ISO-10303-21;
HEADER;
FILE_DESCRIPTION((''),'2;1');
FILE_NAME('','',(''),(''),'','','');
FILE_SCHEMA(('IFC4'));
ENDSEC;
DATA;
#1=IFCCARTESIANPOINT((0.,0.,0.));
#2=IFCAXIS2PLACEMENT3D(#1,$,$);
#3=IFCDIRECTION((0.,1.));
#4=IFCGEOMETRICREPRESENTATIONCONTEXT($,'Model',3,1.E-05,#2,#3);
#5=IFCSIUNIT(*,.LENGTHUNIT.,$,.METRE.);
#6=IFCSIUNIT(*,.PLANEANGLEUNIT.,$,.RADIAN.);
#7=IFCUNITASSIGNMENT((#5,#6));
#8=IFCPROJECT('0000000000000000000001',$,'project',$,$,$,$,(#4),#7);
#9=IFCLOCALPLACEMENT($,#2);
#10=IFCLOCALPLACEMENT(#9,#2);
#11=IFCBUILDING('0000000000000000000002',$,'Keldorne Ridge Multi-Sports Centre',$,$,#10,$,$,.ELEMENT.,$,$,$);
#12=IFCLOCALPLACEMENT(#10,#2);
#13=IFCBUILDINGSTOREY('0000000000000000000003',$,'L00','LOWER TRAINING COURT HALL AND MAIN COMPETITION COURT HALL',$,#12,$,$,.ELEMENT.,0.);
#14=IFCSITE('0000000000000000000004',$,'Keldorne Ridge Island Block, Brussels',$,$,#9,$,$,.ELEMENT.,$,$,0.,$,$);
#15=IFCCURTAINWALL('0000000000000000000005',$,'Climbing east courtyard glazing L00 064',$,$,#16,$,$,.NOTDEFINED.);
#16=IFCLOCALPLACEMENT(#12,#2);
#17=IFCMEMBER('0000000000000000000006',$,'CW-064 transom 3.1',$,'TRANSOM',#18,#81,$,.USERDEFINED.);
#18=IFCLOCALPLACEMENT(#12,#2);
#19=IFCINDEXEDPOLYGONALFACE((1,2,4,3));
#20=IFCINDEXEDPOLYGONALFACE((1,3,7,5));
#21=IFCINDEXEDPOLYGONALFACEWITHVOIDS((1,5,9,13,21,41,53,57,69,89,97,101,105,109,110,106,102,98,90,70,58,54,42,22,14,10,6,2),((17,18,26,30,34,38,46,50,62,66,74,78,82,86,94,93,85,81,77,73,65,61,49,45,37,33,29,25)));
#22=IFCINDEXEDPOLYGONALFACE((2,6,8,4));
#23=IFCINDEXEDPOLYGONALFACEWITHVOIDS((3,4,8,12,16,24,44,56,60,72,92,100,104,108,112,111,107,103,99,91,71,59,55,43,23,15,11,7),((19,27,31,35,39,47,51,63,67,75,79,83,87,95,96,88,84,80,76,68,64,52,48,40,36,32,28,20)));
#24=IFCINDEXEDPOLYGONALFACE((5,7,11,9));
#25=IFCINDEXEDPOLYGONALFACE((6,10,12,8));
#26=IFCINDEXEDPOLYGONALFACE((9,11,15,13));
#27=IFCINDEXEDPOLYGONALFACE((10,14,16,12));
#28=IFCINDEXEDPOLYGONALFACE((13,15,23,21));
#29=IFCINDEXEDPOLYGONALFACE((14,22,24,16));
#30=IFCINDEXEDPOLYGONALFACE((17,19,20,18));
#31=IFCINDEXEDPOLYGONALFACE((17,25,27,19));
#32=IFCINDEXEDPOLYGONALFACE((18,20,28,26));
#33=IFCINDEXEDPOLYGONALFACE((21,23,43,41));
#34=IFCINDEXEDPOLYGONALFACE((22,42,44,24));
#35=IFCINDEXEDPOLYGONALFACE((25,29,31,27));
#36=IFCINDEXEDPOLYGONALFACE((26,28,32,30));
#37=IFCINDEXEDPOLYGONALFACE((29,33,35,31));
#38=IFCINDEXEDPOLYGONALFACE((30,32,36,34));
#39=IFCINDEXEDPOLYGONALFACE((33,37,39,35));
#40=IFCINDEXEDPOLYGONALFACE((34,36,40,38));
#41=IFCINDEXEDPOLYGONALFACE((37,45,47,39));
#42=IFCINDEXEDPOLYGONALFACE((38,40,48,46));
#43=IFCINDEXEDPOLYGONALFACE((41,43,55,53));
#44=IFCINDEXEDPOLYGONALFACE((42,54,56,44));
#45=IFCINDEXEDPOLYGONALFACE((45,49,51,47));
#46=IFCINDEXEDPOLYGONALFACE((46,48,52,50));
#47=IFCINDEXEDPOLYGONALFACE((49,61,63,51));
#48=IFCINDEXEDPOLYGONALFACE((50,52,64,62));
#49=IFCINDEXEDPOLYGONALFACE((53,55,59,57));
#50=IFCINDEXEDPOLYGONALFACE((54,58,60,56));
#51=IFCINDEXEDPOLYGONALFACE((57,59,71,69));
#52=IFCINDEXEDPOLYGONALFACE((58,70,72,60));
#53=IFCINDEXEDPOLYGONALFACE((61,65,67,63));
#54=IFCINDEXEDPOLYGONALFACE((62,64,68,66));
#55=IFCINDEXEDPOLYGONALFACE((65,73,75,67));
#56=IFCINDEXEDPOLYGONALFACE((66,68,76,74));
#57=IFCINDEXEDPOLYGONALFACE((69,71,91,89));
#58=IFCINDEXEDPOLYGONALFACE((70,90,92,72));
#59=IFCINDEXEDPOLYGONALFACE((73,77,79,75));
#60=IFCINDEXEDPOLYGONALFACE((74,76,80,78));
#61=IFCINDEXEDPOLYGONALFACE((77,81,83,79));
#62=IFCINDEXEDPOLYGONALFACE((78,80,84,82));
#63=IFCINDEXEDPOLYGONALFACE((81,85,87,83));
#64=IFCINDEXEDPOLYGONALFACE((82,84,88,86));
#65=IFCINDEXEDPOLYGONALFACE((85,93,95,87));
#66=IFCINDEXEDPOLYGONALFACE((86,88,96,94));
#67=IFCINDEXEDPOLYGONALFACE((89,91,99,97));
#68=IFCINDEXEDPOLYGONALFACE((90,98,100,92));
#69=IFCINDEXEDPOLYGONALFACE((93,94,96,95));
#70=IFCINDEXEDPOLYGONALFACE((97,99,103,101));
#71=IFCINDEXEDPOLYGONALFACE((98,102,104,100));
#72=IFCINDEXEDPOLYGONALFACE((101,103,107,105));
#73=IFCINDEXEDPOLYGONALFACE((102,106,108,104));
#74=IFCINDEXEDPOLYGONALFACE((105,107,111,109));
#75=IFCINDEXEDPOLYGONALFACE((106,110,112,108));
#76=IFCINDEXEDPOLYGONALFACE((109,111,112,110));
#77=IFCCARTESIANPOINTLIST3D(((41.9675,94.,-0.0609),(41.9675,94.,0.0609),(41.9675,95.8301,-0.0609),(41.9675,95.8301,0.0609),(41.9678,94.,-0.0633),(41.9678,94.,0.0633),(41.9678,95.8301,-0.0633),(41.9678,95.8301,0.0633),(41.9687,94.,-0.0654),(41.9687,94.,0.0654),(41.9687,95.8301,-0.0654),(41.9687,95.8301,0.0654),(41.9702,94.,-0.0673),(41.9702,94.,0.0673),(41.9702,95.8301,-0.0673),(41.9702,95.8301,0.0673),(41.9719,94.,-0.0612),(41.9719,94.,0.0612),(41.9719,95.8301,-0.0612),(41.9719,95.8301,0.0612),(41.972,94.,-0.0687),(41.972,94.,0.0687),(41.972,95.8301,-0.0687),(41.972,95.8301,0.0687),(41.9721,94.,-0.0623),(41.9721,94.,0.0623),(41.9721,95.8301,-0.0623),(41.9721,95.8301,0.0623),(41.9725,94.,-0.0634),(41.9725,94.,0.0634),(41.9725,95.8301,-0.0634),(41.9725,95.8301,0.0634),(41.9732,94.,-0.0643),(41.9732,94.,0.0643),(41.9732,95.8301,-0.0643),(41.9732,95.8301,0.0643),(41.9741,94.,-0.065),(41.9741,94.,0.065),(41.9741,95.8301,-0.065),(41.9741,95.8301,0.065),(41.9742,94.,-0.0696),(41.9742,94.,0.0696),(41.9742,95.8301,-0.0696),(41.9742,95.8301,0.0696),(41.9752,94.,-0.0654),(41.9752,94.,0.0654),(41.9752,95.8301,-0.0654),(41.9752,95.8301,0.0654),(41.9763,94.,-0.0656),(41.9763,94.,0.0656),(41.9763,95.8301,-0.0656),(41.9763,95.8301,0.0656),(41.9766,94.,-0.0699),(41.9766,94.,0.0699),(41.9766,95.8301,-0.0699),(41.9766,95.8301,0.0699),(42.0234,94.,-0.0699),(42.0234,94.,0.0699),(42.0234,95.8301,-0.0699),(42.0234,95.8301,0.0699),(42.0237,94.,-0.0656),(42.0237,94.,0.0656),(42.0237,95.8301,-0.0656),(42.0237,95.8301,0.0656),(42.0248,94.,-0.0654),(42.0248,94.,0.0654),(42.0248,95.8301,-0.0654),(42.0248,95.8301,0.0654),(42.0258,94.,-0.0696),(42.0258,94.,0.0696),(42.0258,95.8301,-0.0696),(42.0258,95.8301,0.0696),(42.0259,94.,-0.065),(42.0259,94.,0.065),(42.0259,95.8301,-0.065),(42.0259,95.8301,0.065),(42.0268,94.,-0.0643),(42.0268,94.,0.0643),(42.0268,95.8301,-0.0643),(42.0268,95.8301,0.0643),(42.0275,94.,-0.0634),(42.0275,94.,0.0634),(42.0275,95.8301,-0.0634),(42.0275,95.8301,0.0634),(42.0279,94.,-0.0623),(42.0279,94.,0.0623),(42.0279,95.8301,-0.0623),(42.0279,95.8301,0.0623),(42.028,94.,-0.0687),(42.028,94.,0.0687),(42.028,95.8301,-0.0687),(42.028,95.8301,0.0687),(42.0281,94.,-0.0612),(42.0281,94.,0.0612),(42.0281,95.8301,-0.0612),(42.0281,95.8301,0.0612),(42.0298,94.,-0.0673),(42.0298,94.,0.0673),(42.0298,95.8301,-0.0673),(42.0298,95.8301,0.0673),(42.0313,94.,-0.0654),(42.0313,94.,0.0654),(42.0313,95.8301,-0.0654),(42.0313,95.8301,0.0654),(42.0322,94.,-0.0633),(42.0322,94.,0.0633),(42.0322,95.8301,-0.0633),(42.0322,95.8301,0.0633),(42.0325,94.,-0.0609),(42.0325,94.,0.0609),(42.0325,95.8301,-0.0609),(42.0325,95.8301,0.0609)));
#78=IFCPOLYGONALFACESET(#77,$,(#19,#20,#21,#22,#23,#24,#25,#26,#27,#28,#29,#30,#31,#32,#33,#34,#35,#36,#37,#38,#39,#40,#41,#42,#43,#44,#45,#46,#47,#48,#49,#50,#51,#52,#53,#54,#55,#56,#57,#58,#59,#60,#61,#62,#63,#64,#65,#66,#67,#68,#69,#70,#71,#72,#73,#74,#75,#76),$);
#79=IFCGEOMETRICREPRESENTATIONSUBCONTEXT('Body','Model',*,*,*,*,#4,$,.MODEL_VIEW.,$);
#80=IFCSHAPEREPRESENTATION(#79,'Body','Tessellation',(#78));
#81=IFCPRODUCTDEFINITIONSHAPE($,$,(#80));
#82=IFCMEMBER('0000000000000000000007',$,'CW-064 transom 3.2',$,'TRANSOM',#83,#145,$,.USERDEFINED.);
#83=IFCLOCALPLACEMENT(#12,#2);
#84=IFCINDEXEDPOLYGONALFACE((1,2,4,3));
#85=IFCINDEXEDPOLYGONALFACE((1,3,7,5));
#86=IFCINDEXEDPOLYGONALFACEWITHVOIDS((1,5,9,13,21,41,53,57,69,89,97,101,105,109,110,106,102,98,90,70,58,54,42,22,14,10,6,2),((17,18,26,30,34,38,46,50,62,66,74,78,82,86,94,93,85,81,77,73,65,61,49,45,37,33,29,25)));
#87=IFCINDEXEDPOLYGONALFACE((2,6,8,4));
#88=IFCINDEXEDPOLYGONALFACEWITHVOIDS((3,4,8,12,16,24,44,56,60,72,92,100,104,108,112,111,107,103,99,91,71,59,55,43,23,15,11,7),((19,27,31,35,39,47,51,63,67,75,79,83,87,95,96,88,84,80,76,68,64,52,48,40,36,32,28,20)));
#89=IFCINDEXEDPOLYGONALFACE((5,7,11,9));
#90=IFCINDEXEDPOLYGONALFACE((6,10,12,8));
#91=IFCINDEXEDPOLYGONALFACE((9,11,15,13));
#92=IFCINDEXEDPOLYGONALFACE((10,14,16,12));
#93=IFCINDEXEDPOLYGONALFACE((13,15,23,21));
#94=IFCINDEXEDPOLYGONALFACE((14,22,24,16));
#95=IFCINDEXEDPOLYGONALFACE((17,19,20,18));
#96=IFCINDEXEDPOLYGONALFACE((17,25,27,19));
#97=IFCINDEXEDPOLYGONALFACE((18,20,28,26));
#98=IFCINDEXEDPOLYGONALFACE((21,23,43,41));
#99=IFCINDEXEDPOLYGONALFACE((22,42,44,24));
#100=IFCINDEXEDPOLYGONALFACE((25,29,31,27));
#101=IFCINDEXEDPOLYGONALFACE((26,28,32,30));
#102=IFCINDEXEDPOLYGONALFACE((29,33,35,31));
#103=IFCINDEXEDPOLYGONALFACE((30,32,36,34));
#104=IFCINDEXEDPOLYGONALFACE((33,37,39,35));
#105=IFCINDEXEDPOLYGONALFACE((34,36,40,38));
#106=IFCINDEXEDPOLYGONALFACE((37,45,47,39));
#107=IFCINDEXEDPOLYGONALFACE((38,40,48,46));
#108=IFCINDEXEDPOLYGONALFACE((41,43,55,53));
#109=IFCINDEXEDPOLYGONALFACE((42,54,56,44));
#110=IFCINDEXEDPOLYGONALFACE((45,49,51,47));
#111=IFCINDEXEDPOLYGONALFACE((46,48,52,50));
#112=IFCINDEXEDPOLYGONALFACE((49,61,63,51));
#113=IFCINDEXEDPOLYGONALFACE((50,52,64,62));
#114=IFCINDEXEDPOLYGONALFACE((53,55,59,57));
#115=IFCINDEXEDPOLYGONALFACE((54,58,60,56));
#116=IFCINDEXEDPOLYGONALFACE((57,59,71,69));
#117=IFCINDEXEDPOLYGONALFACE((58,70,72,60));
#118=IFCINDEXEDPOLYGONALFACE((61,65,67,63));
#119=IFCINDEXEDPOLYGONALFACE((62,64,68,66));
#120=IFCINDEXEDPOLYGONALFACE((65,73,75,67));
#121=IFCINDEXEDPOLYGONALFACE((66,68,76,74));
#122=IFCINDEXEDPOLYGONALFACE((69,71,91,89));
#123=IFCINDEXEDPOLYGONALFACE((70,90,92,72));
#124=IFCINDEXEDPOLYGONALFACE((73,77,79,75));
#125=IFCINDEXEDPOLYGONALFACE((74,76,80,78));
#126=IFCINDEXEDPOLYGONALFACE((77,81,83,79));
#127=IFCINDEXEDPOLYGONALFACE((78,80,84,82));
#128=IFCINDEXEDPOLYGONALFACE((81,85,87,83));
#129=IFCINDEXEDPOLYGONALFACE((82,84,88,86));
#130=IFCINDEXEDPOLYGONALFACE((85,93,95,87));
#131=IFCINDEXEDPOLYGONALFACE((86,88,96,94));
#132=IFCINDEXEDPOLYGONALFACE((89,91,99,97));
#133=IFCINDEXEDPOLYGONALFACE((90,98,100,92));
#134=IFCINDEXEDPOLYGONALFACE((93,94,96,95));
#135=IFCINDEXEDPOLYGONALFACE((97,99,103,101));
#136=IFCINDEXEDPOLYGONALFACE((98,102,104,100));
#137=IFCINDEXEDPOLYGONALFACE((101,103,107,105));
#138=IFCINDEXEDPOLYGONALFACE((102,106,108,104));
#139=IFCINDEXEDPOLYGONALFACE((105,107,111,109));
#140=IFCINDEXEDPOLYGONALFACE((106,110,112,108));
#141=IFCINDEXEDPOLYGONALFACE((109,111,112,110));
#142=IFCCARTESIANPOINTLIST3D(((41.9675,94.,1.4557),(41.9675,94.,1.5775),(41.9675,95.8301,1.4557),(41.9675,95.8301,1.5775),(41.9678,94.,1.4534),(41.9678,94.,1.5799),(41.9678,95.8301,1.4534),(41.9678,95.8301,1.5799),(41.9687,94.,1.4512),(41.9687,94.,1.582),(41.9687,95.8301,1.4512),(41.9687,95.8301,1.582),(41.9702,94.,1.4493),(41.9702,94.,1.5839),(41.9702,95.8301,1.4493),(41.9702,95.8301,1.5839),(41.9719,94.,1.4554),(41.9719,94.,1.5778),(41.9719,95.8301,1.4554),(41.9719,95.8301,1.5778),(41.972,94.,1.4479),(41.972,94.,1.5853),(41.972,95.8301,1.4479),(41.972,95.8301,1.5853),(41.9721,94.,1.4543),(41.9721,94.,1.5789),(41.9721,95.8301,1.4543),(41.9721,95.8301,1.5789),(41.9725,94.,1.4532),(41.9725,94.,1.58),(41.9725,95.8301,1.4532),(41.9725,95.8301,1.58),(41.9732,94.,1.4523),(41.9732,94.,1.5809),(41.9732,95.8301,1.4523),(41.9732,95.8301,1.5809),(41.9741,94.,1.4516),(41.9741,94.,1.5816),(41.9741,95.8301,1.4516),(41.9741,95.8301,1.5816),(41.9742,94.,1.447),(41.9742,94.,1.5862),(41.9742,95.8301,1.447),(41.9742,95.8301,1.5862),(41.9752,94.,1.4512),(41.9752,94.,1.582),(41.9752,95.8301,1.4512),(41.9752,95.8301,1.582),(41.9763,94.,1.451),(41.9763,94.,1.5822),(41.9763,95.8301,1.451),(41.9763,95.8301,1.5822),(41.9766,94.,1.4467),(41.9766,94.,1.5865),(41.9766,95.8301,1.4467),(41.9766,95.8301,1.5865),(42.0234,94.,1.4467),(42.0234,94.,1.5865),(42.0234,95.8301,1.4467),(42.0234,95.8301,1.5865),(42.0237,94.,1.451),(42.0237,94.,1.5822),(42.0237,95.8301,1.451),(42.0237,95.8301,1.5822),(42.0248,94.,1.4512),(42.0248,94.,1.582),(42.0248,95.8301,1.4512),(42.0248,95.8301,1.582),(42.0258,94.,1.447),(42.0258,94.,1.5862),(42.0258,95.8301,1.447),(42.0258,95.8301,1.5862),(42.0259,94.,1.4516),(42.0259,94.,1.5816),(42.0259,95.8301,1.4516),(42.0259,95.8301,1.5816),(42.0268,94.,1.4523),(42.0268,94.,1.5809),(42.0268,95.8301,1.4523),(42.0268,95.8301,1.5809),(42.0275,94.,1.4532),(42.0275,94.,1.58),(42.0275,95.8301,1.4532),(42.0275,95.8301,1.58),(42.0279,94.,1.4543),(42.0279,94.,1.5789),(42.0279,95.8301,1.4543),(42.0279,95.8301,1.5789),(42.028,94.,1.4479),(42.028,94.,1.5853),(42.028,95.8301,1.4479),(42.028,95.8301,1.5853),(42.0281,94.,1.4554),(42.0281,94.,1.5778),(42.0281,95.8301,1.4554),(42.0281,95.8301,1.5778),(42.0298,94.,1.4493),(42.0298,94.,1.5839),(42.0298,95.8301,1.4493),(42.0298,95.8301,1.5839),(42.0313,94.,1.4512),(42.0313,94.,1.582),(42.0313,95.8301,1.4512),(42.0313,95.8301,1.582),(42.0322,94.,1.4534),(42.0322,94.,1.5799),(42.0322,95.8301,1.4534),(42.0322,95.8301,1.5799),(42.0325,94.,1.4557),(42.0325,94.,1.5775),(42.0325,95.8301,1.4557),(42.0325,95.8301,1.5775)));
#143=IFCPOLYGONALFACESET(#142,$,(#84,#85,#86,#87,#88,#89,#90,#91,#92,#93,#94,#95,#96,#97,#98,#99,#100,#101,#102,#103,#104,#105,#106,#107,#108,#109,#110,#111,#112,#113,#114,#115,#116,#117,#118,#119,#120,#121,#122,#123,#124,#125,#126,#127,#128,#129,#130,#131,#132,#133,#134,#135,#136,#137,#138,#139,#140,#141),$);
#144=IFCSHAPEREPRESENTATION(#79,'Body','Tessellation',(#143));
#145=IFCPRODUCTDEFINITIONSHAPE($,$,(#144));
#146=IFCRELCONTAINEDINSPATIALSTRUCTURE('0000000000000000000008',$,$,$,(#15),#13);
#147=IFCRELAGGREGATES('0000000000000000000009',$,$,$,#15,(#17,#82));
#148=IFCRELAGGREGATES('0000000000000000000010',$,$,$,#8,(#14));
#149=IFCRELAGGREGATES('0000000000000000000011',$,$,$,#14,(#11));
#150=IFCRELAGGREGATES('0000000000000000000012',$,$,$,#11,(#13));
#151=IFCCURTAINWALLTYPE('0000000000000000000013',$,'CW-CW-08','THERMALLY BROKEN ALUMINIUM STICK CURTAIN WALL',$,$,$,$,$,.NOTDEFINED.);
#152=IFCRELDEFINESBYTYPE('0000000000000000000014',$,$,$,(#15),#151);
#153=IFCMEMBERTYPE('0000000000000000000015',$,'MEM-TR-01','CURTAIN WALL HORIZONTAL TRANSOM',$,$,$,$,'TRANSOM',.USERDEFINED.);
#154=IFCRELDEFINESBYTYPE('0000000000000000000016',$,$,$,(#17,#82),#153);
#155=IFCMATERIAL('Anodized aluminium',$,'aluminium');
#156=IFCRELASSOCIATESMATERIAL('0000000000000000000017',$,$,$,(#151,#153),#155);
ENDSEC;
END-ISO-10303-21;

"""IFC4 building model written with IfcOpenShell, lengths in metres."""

from ifc_helpers import new_model, si_unit, direction, frame, origin, origin_2d, place, context, subcontext, project, spatial, hollow_rectangle, extrude, material, material_profile, profile_set, type_object, element, aggregate, save


model = new_model("IFC4")

# Units and contexts
model_context = context("Model", 3, precision=1e-05, world=origin(), true_north=direction((0.0, 1.0)))
body_context = subcontext(model_context, "Body", "Model", "MODEL_VIEW")
ifc_project = project(units=[si_unit("LENGTHUNIT", "METRE"), si_unit("PLANEANGLEUNIT", "RADIAN")], contexts=[model_context])

# Site, building, storey
site_placement = place(None, origin())
site = spatial("IfcSite", under=ifc_project, at=site_placement, Name="Keldorne Ridge Island Block, Brussels", CompositionType="ELEMENT", RefElevation=0.0)
building_placement = place(site_placement, origin())
building = spatial("IfcBuilding", under=site, at=building_placement, Name="Keldorne Ridge Multi-Sports Centre", CompositionType="ELEMENT")
storey_placement = place(building_placement, origin())
storey = spatial("IfcBuildingStorey", under=building, at=storey_placement, Name="L00", Description="LOWER TRAINING COURT HALL AND MAIN COMPETITION COURT HALL", CompositionType="ELEMENT", Elevation=0.0)

# Shared definitions
ifc_material_1 = material(Name="Anodized aluminium", Category="aluminium")

# Curtain wall, members
curtain_wall_type_1 = type_object("IfcCurtainWallType", Name="CW-CW-08", Description="THERMALLY BROKEN ALUMINIUM STICK CURTAIN WALL", PredefinedType="NOTDEFINED", material=ifc_material_1)
curtain_wall_1_placement = place(storey_placement, origin())
curtain_wall_1 = element("IfcCurtainWall", 1, at=curtain_wall_1_placement, inside=storey, type_object=curtain_wall_type_1, Name="Climbing east courtyard glazing L00 064", PredefinedType="NOTDEFINED")
ifc_material_profile_1 = material_profile(ifc_material_1, hollow_rectangle(XDim=0.0649, YDim=0.1399, WallThickness=0.0044, InnerFilletRadius=0.0044, OuterFilletRadius=0.009, at=origin_2d()), Name="ALU TRANSOM 140x65x4.5")
ifc_profile_set_1 = profile_set([ifc_material_profile_1], Name="Anodized aluminium")
member_type_1 = type_object("IfcMemberType", Name="MEM-TR-01", Description="CURTAIN WALL HORIZONTAL TRANSOM", ElementType="TRANSOM", PredefinedType="USERDEFINED", material=ifc_profile_set_1)
member_1_placement = place(storey_placement, frame((42.0, 94.0, 0.0), z_axis=(0.0, 1.0, 0.0), x_axis=(-1.0, 0.0, 0.0)))
member_1 = element("IfcMember", 2, at=member_1_placement, type_object=member_type_1, Name="CW-064 transom 3.1", ObjectType="TRANSOM", PredefinedType="USERDEFINED", context=body_context, shape_type="SweptSolid", body=[
    extrude(hollow_rectangle(XDim=0.0649, YDim=0.1399, WallThickness=0.0044, InnerFilletRadius=0.0044, OuterFilletRadius=0.009, at=origin_2d()), origin(), (0.0, 0.0, 1.0), 1.8301),
])
member_2_placement = place(storey_placement, frame((42.0, 94.0, 1.5166), z_axis=(0.0, 1.0, 0.0), x_axis=(-1.0, 0.0, 0.0)))
member_2 = element("IfcMember", 3, at=member_2_placement, type_object=member_type_1, Name="CW-064 transom 3.2", ObjectType="TRANSOM", PredefinedType="USERDEFINED", context=body_context, shape_type="SweptSolid", body=[
    extrude(hollow_rectangle(XDim=0.0649, YDim=0.1399, WallThickness=0.0044, InnerFilletRadius=0.0044, OuterFilletRadius=0.009, at=origin_2d()), origin(), (0.0, 0.0, 1.0), 1.8301),
])
aggregate(curtain_wall_1, [member_1, member_2])

save(model, "model.ifc")
